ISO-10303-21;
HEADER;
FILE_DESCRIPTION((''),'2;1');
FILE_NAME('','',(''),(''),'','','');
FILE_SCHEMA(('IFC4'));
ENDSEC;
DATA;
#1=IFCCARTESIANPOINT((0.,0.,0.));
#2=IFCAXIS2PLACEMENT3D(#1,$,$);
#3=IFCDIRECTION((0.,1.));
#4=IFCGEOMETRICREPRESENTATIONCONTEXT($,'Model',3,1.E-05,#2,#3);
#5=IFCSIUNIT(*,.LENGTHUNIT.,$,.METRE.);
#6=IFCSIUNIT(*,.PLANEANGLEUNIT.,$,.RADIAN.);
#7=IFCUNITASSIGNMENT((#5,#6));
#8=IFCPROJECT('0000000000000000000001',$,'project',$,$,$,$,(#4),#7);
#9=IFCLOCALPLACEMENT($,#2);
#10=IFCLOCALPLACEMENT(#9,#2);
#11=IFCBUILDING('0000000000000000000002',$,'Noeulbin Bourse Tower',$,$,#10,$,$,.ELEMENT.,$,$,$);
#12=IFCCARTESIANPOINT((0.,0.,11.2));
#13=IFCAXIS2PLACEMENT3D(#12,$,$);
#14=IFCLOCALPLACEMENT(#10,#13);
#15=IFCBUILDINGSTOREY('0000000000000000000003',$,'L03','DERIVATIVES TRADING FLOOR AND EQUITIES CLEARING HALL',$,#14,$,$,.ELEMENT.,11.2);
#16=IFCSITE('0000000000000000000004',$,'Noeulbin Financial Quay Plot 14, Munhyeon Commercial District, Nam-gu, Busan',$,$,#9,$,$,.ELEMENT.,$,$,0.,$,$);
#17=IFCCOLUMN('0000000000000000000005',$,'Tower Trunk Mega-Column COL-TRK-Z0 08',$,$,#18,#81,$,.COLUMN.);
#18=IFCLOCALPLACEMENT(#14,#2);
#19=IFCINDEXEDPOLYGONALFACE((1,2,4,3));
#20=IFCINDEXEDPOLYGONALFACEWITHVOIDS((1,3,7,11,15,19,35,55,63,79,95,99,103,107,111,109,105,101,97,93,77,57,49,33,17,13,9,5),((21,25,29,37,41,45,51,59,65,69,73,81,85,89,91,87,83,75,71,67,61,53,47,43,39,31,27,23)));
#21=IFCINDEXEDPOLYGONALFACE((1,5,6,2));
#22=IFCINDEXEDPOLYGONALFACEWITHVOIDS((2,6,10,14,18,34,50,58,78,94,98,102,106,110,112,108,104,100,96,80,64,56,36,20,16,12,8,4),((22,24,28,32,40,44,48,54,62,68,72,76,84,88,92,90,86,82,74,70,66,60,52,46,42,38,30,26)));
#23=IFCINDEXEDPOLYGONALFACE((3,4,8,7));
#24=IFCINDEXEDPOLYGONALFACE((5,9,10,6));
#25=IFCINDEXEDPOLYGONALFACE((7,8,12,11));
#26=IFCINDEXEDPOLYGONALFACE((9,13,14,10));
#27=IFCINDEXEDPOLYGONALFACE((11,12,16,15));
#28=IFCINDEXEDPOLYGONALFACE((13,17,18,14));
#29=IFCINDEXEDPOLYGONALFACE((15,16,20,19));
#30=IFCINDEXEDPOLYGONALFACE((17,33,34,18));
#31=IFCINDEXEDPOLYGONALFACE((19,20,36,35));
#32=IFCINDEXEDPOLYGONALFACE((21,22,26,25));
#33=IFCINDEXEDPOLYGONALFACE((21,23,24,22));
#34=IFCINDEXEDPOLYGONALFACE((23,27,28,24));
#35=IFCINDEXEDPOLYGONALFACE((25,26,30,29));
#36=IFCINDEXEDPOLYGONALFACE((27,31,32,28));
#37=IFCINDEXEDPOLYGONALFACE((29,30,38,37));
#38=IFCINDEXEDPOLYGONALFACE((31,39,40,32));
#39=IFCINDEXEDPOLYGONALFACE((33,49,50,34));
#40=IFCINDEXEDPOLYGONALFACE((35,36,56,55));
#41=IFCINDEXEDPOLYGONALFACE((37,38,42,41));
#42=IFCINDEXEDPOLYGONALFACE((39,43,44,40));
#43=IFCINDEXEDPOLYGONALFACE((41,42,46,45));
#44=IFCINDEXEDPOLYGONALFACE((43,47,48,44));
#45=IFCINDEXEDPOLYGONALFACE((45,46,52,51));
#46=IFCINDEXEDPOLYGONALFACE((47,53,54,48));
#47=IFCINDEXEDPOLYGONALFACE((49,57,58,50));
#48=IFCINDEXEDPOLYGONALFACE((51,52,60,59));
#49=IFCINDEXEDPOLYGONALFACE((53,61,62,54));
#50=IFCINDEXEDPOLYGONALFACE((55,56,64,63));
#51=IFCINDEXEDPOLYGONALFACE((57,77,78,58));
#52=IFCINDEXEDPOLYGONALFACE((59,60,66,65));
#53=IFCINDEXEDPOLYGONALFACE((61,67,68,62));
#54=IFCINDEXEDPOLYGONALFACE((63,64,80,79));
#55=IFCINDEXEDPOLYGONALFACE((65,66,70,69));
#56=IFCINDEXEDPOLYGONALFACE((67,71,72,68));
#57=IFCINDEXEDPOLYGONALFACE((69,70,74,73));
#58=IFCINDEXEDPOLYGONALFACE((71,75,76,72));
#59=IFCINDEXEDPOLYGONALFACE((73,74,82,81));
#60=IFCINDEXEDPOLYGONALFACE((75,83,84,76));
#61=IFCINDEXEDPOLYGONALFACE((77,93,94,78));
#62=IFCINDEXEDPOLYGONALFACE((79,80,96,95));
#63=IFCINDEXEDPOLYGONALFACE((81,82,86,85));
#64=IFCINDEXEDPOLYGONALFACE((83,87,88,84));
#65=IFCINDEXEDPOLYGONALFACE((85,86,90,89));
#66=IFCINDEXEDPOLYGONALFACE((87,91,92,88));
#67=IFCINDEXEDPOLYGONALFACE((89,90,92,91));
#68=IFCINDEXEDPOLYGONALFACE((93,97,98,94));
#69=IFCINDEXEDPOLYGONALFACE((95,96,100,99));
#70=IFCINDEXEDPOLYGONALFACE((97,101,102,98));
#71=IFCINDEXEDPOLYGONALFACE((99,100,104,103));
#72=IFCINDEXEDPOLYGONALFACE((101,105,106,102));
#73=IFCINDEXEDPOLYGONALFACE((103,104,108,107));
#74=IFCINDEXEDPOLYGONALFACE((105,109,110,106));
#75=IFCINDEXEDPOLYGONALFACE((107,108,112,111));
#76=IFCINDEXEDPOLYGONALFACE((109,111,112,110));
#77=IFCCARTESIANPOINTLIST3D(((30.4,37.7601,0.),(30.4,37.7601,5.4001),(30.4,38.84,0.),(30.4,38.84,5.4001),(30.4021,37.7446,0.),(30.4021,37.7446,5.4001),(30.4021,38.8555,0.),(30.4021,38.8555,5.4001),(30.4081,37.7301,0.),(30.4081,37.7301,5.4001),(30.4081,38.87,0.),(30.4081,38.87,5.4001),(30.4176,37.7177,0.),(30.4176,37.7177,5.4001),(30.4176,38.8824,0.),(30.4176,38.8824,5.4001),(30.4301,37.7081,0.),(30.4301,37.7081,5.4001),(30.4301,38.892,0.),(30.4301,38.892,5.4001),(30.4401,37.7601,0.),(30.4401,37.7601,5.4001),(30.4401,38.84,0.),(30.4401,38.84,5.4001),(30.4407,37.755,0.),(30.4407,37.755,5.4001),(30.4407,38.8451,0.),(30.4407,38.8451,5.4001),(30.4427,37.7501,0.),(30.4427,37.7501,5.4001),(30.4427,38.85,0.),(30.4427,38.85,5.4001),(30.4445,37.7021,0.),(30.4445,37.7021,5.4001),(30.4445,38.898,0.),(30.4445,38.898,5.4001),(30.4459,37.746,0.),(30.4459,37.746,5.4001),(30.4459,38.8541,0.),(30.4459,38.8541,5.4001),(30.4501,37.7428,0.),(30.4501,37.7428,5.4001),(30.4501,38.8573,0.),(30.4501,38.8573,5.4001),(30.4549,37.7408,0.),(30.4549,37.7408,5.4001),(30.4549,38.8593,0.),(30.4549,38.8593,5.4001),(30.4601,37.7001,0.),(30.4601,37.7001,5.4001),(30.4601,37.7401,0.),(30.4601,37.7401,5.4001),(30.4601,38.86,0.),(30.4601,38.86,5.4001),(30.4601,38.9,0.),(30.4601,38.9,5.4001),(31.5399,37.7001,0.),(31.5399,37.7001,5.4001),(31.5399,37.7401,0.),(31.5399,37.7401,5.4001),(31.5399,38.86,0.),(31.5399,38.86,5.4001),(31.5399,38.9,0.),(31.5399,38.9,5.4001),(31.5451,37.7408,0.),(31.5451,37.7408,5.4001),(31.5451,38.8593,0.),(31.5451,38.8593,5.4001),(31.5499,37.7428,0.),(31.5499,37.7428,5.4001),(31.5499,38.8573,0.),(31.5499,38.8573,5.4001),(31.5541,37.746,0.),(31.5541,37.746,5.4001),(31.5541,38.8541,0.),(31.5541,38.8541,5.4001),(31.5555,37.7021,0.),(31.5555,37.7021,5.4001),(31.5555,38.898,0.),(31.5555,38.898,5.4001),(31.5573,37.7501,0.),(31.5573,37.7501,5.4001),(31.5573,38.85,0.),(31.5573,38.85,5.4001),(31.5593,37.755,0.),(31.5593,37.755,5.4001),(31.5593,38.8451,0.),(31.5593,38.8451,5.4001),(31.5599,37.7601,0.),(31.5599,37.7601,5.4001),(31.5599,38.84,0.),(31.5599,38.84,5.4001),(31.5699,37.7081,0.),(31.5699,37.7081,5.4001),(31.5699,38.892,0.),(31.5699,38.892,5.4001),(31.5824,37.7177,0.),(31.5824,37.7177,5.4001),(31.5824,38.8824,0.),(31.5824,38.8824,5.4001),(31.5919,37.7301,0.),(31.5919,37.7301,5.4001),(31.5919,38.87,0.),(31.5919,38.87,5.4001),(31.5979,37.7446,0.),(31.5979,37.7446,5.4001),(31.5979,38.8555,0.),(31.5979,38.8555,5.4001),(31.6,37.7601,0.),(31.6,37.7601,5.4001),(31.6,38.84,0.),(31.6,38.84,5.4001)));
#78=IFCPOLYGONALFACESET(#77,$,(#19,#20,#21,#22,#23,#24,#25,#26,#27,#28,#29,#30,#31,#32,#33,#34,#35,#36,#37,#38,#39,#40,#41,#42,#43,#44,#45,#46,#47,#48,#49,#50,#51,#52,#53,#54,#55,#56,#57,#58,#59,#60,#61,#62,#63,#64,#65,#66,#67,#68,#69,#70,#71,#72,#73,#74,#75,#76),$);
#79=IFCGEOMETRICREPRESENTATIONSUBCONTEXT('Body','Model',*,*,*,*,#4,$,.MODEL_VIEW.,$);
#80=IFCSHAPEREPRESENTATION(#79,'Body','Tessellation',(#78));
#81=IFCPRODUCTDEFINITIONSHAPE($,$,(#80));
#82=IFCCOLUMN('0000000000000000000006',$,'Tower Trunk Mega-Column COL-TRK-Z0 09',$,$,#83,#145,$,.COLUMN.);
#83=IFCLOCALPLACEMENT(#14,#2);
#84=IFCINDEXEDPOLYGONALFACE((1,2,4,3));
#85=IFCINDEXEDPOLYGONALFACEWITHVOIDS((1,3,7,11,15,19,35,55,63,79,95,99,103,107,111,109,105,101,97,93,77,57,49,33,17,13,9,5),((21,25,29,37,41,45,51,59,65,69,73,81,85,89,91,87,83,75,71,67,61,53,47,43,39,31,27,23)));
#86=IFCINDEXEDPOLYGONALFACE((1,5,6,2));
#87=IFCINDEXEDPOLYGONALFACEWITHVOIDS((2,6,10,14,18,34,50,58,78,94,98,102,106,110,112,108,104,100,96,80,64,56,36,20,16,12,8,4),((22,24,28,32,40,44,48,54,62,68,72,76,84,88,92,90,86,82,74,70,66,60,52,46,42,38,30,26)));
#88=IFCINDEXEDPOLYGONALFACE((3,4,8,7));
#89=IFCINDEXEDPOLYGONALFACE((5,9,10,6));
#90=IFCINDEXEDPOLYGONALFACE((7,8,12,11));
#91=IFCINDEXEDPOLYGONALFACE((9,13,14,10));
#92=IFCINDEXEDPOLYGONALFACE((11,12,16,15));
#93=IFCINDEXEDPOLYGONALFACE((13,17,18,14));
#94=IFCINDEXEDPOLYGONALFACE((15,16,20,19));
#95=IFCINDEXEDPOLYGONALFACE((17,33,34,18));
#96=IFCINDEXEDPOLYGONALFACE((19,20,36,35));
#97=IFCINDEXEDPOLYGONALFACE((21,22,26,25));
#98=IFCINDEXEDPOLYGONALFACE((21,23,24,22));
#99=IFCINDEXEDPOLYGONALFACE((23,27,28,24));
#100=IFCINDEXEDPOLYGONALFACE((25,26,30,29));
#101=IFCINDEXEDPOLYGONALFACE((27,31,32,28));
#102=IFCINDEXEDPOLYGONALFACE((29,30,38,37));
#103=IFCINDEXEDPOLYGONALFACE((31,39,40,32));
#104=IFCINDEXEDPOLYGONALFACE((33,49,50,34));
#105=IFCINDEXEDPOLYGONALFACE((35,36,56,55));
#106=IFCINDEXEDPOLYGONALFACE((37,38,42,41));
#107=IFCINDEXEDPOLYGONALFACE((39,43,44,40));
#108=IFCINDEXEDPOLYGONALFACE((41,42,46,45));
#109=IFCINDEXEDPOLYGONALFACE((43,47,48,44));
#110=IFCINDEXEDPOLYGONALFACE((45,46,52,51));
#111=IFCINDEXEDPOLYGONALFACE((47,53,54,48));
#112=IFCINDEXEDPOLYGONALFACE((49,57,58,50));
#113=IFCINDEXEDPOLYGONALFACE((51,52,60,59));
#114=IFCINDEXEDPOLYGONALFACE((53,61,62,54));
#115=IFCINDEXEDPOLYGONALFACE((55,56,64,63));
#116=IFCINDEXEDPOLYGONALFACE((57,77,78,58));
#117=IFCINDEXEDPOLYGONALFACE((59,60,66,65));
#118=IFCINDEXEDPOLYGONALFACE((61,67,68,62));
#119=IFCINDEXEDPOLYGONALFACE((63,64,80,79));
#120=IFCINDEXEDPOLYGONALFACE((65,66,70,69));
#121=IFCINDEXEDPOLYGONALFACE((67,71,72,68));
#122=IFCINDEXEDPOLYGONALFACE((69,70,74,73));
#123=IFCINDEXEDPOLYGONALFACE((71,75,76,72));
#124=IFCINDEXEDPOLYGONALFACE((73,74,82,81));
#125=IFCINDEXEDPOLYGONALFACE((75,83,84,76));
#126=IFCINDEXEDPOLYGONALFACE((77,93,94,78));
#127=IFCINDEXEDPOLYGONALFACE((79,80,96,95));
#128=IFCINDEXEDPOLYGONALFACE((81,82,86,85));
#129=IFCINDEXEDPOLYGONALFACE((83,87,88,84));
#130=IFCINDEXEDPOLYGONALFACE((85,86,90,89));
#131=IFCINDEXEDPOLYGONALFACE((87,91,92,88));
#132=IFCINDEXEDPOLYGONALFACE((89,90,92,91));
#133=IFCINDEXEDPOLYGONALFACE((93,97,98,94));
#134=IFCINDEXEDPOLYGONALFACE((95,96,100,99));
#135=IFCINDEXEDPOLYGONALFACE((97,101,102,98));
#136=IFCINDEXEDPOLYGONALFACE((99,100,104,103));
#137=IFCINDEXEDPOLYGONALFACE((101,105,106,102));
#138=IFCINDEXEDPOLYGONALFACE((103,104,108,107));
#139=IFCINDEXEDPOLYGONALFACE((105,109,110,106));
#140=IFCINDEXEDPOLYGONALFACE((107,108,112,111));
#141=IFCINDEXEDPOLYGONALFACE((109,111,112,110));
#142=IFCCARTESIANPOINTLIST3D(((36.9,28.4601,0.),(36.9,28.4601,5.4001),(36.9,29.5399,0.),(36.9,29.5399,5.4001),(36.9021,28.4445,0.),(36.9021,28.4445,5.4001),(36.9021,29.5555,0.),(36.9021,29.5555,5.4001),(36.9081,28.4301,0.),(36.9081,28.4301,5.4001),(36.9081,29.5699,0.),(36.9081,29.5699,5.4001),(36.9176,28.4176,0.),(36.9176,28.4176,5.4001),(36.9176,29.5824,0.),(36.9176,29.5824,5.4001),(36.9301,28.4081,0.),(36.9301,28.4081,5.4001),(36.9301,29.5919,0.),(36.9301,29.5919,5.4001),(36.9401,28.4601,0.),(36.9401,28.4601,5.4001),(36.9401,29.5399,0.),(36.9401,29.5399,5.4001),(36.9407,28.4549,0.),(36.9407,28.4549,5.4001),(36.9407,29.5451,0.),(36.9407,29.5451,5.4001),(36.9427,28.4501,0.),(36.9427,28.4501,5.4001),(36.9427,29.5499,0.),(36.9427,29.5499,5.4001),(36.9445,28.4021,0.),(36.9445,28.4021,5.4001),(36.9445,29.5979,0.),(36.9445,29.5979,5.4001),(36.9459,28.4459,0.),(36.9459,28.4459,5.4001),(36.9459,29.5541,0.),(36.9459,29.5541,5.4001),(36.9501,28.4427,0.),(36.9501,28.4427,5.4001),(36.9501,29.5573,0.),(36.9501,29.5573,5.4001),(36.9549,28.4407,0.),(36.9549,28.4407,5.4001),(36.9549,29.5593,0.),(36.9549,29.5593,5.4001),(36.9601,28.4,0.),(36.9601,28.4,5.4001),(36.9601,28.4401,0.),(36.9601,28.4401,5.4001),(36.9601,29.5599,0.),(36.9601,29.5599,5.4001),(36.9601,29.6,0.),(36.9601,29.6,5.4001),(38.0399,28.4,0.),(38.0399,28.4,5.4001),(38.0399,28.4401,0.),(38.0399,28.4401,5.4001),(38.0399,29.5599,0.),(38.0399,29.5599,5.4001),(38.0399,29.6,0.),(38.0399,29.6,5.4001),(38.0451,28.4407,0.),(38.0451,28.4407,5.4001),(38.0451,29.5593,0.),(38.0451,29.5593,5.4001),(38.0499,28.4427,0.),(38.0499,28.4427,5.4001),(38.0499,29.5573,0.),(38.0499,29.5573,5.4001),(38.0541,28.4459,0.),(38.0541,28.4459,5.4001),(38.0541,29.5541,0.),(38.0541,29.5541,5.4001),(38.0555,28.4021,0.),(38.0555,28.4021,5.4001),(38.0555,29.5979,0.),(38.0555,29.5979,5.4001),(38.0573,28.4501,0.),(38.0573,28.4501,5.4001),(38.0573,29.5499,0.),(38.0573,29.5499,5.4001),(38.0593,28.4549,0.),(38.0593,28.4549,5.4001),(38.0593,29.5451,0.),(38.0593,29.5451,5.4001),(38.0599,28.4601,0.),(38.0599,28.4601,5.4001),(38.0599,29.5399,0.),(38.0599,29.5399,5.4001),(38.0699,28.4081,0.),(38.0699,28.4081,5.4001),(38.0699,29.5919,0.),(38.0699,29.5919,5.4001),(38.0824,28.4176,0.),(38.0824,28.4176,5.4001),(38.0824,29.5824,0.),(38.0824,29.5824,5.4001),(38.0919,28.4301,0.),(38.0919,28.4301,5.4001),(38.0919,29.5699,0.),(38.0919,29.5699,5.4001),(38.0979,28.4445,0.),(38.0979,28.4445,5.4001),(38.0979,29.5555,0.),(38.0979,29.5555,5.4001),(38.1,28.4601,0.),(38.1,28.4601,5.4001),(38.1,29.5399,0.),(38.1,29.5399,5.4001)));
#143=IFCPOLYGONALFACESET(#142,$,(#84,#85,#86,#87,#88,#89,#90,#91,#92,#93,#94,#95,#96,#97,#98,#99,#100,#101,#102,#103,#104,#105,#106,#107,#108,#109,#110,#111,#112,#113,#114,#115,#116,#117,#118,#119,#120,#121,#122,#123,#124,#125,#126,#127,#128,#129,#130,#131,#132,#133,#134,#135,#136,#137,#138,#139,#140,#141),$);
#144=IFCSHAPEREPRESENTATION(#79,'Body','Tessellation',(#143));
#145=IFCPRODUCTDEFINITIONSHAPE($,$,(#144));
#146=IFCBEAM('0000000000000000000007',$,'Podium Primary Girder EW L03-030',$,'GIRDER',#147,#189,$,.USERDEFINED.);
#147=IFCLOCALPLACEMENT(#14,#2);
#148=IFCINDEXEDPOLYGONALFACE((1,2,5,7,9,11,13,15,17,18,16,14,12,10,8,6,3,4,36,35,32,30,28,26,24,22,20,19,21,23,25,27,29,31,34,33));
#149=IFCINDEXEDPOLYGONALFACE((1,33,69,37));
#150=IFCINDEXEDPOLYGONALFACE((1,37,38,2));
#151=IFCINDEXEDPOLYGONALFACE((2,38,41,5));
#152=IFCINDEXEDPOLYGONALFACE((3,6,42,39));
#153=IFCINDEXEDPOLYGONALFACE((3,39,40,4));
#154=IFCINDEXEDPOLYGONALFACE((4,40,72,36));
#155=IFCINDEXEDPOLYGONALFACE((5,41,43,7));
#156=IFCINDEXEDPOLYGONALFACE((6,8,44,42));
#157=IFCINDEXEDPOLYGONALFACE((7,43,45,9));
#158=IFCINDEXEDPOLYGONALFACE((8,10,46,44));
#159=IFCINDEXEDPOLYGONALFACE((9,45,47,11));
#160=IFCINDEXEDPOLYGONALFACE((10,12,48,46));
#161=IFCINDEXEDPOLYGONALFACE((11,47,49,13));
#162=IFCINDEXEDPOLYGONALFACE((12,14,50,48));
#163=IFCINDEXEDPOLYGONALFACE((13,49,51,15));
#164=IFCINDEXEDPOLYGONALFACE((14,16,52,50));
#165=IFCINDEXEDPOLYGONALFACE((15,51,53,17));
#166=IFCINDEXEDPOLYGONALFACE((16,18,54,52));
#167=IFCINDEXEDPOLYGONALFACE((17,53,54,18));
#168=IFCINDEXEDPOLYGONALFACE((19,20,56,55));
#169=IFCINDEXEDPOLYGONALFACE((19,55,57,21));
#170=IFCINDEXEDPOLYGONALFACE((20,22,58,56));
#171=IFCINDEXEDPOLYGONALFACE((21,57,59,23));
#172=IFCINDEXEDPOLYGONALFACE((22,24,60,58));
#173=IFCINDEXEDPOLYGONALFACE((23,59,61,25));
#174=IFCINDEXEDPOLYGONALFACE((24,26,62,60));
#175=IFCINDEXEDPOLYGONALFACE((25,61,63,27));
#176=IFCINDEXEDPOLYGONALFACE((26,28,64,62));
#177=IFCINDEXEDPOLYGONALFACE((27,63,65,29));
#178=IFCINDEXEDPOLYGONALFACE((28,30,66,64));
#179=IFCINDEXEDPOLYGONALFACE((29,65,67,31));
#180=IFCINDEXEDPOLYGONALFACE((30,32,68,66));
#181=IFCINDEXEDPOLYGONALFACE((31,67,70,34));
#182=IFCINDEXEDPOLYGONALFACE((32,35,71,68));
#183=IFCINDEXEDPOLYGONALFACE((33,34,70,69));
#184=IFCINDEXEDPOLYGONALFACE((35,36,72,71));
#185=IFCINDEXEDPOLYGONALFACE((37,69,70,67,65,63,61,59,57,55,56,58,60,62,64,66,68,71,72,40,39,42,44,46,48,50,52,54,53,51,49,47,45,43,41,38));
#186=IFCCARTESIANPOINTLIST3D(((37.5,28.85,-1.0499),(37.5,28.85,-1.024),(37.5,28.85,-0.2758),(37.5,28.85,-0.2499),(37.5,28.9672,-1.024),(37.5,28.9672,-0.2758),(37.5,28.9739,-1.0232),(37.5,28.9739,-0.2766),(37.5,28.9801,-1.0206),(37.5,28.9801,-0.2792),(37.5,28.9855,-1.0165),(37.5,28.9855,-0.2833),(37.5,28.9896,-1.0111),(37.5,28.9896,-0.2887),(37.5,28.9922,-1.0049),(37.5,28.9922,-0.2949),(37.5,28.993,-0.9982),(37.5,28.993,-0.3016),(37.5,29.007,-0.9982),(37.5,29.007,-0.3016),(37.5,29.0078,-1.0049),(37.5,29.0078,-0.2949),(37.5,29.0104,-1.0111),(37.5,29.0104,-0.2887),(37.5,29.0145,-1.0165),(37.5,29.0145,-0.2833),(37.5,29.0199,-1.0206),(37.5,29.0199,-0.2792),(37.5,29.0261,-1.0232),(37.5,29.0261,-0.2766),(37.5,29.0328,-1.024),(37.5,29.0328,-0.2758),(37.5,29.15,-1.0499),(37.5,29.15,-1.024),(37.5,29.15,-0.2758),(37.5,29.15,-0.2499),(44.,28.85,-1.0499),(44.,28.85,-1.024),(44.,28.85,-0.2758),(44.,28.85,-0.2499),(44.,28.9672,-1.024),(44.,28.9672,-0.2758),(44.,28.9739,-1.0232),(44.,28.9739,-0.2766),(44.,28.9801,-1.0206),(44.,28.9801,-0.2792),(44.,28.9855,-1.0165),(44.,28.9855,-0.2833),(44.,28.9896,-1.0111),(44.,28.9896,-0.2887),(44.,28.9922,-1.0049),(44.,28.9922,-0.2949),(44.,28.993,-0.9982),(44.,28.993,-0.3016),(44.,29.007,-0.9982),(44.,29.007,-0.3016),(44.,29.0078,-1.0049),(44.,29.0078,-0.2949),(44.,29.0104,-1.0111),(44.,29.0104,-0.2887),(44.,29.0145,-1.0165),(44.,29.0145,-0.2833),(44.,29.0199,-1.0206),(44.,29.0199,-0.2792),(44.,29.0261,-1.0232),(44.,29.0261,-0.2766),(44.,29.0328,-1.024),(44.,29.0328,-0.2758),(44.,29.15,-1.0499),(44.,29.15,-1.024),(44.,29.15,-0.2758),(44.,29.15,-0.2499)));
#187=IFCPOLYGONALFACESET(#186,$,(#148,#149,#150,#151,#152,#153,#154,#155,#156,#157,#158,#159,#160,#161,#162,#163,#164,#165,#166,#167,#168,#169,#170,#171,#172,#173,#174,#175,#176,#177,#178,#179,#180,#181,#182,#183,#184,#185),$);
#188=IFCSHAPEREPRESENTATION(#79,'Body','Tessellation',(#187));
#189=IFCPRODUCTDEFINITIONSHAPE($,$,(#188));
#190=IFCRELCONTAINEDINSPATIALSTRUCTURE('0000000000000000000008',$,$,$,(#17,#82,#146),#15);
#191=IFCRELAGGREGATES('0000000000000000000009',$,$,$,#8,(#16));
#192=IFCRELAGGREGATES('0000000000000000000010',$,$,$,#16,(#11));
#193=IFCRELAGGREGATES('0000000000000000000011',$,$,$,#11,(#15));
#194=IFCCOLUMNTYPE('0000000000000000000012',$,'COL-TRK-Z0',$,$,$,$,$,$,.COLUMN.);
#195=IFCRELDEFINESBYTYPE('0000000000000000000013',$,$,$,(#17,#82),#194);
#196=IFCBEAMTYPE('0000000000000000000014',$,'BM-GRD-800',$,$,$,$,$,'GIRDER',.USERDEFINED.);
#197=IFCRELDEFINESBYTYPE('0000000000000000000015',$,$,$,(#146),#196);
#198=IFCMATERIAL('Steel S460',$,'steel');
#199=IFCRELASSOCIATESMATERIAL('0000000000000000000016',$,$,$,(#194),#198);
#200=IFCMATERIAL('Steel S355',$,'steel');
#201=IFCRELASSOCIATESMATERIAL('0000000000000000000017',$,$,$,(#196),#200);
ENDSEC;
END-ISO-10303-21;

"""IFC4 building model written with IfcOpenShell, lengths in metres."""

from ifc_helpers import new_model, si_unit, direction, frame, origin, origin_2d, place, context, subcontext, project, spatial, hollow_rectangle, i_section, extrude, material, material_profile, profile_set, type_object, element, save


model = new_model("IFC4")

# Units and contexts
model_context = context("Model", 3, precision=1e-05, world=origin(), true_north=direction((0.0, 1.0)))
body_context = subcontext(model_context, "Body", "Model", "MODEL_VIEW")
ifc_project = project(units=[si_unit("LENGTHUNIT", "METRE"), si_unit("PLANEANGLEUNIT", "RADIAN")], contexts=[model_context])

# Site, building, storey
site_placement = place(None, origin())
site = spatial("IfcSite", under=ifc_project, at=site_placement, Name="Noeulbin Financial Quay Plot 14, Munhyeon Commercial District, Nam-gu, Busan", CompositionType="ELEMENT", RefElevation=0.0)
building_placement = place(site_placement, origin())
building = spatial("IfcBuilding", under=site, at=building_placement, Name="Noeulbin Bourse Tower", CompositionType="ELEMENT")
storey_placement = place(building_placement, frame((0.0, 0.0, 11.2)))
storey = spatial("IfcBuildingStorey", under=building, at=storey_placement, Name="L03", Description="DERIVATIVES TRADING FLOOR AND EQUITIES CLEARING HALL", CompositionType="ELEMENT", Elevation=11.2)

# Columns
ifc_material_1 = material(Name="Steel S460", Category="steel")
ifc_material_profile_1 = material_profile(ifc_material_1, hollow_rectangle(XDim=1.2, YDim=1.2, WallThickness=0.04, InnerFilletRadius=0.02, OuterFilletRadius=0.0601, at=origin_2d()), Name="BOX-1200x1200x40", Category="LoadBearing")
ifc_profile_set_1 = profile_set([ifc_material_profile_1], Name="Steel S460")
column_type = type_object("IfcColumnType", Name="COL-TRK-Z0", PredefinedType="COLUMN", material=ifc_profile_set_1)
for number, where, z_axis, x_axis, name in (
    (1, (31.0, 38.3, 0.0), (0.0, 0.0, 1.0), (1.0, 0.0, 0.0), "Tower Trunk Mega-Column COL-TRK-Z0 08"),
    (2, (37.5, 29.0, 0.0), (0.0, 0.0, 1.0), (1.0, 0.0, 0.0), "Tower Trunk Mega-Column COL-TRK-Z0 09"),
):
    element("IfcColumn", number, at=place(storey_placement, frame(where, z_axis=z_axis, x_axis=x_axis)), inside=storey, type_object=column_type, Name=name, PredefinedType="COLUMN", context=body_context, shape_type="SweptSolid", body=[
        extrude(hollow_rectangle(XDim=1.2, YDim=1.2, WallThickness=0.04, InnerFilletRadius=0.02, OuterFilletRadius=0.0601, at=origin_2d()), origin(), (0.0, 0.0, 1.0), 5.4001),
    ])

# Beam
ifc_material_2 = material(Name="Steel S355", Category="steel")
ifc_material_profile_2 = material_profile(ifc_material_2, i_section(OverallWidth=0.3, OverallDepth=0.8, WebThickness=0.0139, FlangeThickness=0.0259, FilletRadius=0.0259, at=origin_2d()), Name="H-800x300x14x26", Category="LoadBearing")
ifc_profile_set_2 = profile_set([ifc_material_profile_2], Name="Steel S355")
beam_type_1 = type_object("IfcBeamType", Name="BM-GRD-800", ElementType="GIRDER", PredefinedType="USERDEFINED", material=ifc_profile_set_2)
for number, where, z_axis, x_axis, name in (
    (3, (37.5, 29.0, -0.6499), (1.0, 0.0, 0.0), (0.0, 1.0, 0.0), "Podium Primary Girder EW L03-030"),
):
    element("IfcBeam", number, at=place(storey_placement, frame(where, z_axis=z_axis, x_axis=x_axis)), inside=storey, type_object=beam_type_1, Name=name, ObjectType="GIRDER", PredefinedType="USERDEFINED", context=body_context, shape_type="SweptSolid", body=[
        extrude(i_section(OverallWidth=0.3, OverallDepth=0.8, WebThickness=0.0139, FlangeThickness=0.0259, FilletRadius=0.0259, at=origin_2d()), origin(), (0.0, 0.0, 1.0), 6.5),
    ])

save(model, "model.ifc")
